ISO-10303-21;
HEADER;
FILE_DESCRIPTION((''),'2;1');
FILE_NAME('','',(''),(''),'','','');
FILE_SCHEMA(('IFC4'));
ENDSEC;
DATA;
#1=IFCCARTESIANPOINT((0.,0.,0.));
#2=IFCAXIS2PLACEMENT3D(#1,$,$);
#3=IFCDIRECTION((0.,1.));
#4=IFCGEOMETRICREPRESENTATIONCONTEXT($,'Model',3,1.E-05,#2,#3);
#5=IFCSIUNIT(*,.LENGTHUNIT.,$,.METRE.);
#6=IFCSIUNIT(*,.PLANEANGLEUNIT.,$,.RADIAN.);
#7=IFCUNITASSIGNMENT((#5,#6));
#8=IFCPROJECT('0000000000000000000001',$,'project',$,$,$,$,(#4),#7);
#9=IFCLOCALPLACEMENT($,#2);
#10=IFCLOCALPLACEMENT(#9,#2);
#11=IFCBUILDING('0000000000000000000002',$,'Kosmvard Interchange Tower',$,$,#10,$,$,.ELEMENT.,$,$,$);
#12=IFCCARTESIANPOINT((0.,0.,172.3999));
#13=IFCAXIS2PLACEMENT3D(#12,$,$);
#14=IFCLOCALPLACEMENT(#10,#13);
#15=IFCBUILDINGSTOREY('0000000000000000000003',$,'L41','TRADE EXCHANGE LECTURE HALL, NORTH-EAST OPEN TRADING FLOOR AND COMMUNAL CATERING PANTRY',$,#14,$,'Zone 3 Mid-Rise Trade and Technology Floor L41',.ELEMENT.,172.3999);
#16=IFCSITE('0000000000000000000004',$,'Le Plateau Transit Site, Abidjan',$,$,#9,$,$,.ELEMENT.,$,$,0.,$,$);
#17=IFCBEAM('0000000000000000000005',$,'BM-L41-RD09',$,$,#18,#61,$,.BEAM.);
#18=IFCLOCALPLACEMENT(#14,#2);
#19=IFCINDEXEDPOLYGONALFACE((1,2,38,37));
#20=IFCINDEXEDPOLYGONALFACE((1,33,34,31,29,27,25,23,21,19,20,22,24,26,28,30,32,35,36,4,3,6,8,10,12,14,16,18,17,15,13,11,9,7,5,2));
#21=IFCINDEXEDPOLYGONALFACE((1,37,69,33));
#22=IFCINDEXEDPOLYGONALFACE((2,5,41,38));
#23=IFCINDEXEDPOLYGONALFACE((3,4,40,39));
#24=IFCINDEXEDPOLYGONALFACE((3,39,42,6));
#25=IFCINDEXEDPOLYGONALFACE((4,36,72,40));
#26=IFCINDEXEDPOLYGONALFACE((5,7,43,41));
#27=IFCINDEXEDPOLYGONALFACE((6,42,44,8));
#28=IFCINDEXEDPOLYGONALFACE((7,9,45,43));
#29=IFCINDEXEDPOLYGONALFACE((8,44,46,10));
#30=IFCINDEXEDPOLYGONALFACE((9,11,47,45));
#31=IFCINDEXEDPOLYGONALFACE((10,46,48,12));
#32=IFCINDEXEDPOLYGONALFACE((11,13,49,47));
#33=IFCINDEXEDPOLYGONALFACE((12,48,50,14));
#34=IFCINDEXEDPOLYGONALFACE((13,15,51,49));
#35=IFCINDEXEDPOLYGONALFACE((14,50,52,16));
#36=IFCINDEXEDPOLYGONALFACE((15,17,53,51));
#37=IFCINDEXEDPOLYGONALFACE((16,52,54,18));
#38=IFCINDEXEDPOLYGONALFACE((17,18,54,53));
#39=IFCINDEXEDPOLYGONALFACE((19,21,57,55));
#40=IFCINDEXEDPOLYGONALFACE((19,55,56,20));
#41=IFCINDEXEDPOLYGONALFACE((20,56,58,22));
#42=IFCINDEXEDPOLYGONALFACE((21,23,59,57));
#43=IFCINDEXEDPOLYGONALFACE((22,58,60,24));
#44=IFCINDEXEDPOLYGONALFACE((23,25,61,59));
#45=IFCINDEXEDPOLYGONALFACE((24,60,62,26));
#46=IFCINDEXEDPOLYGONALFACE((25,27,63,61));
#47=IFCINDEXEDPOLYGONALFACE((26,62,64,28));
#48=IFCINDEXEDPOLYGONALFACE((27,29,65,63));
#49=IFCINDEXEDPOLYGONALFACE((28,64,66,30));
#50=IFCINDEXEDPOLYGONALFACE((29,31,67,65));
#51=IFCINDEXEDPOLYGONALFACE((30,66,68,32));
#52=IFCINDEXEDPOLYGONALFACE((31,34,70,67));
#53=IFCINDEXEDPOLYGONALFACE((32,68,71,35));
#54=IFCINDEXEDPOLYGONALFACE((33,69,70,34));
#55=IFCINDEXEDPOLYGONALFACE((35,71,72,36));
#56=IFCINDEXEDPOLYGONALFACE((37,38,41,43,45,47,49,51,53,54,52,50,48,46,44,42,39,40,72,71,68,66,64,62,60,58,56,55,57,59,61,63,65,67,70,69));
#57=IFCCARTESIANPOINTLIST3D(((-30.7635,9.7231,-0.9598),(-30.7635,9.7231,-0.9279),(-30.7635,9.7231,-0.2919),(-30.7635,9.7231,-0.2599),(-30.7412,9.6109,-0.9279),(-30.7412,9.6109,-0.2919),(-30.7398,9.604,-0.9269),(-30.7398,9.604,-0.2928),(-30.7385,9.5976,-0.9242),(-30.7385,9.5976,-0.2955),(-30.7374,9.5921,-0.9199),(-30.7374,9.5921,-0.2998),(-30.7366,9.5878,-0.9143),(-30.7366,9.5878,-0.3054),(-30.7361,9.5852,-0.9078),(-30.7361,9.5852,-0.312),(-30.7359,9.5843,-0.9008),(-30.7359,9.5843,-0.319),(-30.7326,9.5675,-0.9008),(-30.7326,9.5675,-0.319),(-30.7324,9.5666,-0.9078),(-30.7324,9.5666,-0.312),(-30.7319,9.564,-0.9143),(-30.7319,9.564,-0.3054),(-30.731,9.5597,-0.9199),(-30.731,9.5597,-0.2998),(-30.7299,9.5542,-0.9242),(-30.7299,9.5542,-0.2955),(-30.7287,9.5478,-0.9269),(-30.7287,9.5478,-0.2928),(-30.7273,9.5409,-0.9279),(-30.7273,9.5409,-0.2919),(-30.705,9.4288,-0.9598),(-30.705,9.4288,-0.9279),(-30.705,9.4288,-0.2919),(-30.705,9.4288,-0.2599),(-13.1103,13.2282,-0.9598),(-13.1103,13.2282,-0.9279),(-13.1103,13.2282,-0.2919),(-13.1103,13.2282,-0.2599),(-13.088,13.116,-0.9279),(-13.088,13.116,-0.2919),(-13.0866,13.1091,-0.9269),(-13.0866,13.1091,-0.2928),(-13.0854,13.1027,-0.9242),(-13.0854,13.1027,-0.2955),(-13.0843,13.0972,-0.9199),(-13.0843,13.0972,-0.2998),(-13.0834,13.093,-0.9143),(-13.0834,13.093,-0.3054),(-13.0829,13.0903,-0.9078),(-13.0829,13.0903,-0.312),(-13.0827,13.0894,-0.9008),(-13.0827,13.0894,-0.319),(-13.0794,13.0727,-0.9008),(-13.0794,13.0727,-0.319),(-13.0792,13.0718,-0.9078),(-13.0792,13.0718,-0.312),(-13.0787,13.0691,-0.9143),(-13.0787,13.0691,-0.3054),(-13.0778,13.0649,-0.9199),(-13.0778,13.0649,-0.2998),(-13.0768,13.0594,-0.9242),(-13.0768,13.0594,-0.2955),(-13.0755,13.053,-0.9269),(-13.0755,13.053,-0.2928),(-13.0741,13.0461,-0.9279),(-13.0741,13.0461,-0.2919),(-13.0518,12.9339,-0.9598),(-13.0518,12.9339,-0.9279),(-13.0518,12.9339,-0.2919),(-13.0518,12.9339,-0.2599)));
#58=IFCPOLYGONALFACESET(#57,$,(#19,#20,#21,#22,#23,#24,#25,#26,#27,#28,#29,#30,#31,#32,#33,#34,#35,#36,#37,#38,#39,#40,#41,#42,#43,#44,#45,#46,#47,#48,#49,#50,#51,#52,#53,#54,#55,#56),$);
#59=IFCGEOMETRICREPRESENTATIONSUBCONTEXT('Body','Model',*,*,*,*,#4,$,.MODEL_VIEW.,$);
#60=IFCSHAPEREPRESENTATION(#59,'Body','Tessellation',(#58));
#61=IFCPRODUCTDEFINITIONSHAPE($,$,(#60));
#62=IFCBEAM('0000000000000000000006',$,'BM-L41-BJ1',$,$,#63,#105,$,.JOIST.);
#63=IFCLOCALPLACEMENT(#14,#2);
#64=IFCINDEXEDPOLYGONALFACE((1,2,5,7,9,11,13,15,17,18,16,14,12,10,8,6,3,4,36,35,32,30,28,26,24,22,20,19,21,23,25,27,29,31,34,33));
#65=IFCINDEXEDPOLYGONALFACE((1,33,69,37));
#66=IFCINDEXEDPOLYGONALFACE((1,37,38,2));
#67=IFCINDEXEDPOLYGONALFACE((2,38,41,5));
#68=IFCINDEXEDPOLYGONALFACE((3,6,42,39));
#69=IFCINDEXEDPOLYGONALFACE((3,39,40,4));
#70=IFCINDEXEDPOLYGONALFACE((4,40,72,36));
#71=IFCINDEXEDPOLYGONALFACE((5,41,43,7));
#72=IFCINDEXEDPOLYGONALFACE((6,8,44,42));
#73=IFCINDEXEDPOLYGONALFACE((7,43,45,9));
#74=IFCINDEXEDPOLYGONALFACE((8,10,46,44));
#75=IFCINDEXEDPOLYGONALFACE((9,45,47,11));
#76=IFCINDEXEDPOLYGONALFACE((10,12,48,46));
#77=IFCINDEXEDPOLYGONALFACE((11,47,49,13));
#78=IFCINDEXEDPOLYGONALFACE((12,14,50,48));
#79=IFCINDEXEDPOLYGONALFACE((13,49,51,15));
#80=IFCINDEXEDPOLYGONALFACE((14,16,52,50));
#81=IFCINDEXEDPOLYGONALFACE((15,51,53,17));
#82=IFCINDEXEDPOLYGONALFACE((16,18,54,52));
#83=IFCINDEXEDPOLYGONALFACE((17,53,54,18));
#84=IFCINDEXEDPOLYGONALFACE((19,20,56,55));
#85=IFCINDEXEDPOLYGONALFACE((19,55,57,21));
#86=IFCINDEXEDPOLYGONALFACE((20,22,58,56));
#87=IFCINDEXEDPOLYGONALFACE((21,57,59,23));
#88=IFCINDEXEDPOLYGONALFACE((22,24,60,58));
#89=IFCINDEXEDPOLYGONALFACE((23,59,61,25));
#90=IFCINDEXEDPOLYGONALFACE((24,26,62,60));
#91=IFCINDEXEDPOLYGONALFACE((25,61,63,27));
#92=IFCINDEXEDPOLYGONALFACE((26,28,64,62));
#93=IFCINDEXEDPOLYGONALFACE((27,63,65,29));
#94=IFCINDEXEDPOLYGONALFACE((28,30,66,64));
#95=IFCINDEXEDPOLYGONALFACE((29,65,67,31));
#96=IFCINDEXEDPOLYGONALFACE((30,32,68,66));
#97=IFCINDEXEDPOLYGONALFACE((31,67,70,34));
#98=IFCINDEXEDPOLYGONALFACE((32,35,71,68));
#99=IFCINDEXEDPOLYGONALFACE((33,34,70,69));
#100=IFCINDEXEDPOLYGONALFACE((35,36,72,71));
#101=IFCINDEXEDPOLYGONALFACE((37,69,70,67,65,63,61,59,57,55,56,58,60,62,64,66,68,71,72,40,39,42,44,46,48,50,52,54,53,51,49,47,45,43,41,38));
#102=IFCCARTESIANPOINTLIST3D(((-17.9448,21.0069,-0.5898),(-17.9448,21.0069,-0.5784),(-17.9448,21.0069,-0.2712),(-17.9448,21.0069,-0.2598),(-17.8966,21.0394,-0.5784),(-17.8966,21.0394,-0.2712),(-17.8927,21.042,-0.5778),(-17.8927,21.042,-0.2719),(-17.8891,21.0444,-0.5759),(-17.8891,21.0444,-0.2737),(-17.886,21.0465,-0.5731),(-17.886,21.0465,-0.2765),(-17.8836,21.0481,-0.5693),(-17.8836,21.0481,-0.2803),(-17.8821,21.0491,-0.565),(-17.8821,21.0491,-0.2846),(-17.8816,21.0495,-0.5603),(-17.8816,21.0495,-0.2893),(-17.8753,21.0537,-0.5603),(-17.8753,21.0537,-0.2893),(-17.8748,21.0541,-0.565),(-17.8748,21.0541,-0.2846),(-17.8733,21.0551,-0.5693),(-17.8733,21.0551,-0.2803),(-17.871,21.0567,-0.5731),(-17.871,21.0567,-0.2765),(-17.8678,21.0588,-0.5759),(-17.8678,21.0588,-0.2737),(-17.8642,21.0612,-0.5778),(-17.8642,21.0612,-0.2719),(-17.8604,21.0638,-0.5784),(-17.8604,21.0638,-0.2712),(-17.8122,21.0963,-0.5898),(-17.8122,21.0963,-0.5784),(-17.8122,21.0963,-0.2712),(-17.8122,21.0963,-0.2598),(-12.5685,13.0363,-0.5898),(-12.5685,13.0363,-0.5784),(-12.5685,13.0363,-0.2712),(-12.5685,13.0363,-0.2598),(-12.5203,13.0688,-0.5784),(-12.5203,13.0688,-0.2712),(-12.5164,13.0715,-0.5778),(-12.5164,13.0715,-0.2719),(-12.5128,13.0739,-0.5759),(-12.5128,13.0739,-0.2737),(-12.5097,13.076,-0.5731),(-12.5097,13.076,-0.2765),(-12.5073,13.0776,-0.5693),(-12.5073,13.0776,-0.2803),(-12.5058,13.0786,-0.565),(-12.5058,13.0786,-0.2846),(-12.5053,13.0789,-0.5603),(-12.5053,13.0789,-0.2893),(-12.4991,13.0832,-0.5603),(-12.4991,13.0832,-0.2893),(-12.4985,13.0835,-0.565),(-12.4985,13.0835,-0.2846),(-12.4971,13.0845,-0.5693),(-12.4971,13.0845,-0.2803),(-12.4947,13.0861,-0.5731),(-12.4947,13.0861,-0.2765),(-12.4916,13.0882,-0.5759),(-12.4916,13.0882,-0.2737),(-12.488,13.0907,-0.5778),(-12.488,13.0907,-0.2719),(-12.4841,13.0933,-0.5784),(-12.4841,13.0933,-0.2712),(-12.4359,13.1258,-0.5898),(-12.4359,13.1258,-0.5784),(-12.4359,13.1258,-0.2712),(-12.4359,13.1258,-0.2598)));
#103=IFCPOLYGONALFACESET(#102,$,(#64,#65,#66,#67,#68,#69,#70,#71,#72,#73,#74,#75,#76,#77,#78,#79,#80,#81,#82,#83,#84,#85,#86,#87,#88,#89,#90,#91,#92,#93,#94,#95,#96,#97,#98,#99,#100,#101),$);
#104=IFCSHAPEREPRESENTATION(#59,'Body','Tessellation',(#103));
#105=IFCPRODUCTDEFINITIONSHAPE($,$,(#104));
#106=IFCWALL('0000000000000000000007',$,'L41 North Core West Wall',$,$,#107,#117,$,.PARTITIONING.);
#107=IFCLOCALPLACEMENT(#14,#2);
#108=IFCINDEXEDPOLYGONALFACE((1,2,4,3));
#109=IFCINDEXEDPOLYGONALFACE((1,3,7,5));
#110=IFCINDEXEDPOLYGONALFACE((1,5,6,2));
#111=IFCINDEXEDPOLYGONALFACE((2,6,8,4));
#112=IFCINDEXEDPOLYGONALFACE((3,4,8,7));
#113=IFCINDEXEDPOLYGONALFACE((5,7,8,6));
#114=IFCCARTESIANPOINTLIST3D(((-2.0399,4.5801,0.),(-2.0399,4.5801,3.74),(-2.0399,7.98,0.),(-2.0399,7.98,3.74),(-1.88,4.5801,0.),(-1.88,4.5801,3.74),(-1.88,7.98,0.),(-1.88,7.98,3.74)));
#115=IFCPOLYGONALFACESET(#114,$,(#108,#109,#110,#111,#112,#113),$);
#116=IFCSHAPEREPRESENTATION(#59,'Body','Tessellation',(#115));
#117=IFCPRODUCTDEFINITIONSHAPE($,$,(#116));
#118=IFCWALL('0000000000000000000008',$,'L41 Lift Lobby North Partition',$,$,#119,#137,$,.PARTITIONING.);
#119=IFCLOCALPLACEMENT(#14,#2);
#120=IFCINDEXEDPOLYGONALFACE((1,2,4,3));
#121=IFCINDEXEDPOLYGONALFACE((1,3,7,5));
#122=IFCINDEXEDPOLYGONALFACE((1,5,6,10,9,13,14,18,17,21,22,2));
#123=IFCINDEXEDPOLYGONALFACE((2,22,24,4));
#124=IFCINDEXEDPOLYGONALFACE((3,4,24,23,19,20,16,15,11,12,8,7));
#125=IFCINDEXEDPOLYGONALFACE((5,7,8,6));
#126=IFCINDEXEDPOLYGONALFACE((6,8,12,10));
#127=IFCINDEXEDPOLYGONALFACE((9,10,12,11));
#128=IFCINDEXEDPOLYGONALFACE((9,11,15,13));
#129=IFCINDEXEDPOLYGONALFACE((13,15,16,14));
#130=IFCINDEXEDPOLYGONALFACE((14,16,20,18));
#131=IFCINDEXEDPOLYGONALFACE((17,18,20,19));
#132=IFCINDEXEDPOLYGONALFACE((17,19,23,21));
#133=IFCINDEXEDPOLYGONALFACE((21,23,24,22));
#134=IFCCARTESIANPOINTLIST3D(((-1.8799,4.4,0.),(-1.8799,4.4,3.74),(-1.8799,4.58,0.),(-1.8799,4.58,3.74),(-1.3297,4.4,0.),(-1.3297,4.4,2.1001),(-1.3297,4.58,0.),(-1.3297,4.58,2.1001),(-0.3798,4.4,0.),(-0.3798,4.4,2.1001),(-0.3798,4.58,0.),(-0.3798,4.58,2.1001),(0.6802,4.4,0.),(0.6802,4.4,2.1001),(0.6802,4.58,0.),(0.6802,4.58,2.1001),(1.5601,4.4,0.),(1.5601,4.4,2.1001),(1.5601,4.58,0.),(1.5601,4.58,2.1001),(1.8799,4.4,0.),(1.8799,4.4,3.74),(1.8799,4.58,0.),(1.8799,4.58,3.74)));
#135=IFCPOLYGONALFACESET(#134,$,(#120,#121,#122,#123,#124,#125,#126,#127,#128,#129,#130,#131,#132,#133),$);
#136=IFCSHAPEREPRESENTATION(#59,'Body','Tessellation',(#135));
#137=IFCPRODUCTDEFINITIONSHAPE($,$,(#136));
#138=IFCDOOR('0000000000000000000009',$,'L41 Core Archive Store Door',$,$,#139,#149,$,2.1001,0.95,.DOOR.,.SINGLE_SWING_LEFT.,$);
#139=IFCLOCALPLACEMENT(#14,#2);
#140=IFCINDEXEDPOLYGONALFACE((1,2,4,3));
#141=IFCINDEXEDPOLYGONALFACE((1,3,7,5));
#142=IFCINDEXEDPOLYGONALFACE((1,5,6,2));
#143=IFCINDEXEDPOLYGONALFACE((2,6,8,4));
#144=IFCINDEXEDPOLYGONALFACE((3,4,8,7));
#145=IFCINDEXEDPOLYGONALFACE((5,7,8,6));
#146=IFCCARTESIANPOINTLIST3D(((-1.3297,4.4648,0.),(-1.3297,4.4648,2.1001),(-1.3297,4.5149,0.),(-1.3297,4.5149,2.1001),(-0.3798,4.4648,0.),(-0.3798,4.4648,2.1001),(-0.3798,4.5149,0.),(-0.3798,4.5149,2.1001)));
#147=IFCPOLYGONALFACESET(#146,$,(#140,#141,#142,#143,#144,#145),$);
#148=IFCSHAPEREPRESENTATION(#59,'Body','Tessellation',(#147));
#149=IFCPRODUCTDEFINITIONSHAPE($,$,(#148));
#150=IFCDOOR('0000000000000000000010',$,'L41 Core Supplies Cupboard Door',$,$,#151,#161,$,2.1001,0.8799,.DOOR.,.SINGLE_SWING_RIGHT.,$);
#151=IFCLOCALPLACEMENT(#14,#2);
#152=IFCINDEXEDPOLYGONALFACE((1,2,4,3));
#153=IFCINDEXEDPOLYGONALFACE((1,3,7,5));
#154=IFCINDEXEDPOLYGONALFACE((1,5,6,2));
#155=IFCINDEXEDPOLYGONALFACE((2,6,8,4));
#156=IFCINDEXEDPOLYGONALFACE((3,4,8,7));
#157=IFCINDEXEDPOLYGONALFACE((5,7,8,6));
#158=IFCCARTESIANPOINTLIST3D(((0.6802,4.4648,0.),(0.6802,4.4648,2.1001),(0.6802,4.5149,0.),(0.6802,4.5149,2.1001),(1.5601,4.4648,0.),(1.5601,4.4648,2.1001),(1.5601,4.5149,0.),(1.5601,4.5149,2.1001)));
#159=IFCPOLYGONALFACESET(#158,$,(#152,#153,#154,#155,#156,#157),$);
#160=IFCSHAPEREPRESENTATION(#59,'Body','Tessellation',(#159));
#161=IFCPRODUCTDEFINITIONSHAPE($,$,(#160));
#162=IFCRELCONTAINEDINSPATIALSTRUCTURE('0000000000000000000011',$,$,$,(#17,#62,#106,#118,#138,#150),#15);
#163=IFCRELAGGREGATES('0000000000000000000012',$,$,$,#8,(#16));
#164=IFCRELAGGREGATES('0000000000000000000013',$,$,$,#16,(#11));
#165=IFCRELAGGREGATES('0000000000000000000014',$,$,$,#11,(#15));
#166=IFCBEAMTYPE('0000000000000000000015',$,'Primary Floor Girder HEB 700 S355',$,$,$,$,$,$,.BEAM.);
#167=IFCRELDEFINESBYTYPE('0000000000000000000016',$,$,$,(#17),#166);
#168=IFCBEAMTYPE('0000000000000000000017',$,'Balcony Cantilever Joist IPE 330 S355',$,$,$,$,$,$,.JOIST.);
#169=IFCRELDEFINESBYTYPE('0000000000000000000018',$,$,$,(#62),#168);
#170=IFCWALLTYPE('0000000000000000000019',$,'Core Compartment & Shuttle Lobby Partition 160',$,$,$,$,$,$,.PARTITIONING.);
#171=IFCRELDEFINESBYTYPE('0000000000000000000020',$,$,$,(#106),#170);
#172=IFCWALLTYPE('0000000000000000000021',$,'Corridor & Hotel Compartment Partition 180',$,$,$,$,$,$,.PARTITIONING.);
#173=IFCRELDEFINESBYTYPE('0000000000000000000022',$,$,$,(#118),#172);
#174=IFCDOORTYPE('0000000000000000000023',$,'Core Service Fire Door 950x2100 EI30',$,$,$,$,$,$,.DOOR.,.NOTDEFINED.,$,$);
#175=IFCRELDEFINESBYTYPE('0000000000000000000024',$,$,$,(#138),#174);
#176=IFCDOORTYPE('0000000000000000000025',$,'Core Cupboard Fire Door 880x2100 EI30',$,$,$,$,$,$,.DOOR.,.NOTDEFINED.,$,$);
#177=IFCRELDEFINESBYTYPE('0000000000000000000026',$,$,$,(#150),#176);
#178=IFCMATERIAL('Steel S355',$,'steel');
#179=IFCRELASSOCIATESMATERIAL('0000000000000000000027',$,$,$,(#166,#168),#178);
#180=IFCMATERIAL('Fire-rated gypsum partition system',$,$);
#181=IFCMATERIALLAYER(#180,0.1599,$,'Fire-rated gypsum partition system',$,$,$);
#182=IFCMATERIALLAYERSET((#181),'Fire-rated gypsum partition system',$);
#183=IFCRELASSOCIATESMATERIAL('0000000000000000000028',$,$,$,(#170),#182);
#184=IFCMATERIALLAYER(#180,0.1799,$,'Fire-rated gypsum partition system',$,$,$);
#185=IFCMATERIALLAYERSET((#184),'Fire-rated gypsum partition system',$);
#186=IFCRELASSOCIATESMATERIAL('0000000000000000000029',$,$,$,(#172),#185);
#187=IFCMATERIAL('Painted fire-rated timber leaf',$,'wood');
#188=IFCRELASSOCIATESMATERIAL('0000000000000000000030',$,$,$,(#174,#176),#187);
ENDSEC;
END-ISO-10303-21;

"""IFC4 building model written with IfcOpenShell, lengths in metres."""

from ifc_helpers import new_model, si_unit, direction, frame, frame_2d, origin, origin_2d, place, context, subcontext, project, spatial, rectangle, i_section, extrude, source, transform, mapped, material, layer, layer_set, material_profile, profile_set, type_object, element, fill, save


model = new_model("IFC4")

# Units and contexts
model_context = context("Model", 3, precision=1e-05, world=origin(), true_north=direction((0.0, 1.0)))
body_context = subcontext(model_context, "Body", "Model", "MODEL_VIEW")
ifc_project = project(units=[si_unit("LENGTHUNIT", "METRE"), si_unit("PLANEANGLEUNIT", "RADIAN")], contexts=[model_context])

# Site, building, storey
site_placement = place(None, origin())
site = spatial("IfcSite", under=ifc_project, at=site_placement, Name="Le Plateau Transit Site, Abidjan", CompositionType="ELEMENT", RefElevation=0.0)
building_placement = place(site_placement, origin())
building = spatial("IfcBuilding", under=site, at=building_placement, Name="Kosmvard Interchange Tower", CompositionType="ELEMENT")
storey_placement = place(building_placement, frame((0.0, 0.0, 172.3999)))
storey = spatial("IfcBuildingStorey", under=building, at=storey_placement, Name="L41", Description="TRADE EXCHANGE LECTURE HALL, NORTH-EAST OPEN TRADING FLOOR AND COMMUNAL CATERING PANTRY", LongName="Zone 3 Mid-Rise Trade and Technology Floor L41", CompositionType="ELEMENT", Elevation=172.3999)

# Beams
ifc_material_1 = material(Name="Steel S355", Category="steel")
ifc_material_profile_1 = material_profile(ifc_material_1, i_section(OverallWidth=0.3, OverallDepth=0.7, WebThickness=0.0171, FlangeThickness=0.032, FilletRadius=0.0271, at=origin_2d()), Name="HEB 700")
ifc_profile_set_1 = profile_set([ifc_material_profile_1], Name="Steel S355")
beam_type_1 = type_object("IfcBeamType", Name="Primary Floor Girder HEB 700 S355", PredefinedType="BEAM", material=ifc_profile_set_1)
shared_shape_1 = source(origin(), body_context, "Body", "SweptSolid", [
    extrude(i_section(OverallWidth=0.3, OverallDepth=0.7, WebThickness=0.0171, FlangeThickness=0.032, FilletRadius=0.0271, at=origin_2d()), origin(), (0.0, 0.0, 1.0), 17.9978),
])
beam_1_placement = place(storey_placement, frame((-13.0811, 13.0811, -0.6099), z_axis=(-0.980852, -0.194754, 0.0), x_axis=(0.194754, -0.980852, 0.0)))
element("IfcBeam", 1, at=beam_1_placement, inside=storey, type_object=beam_type_1, Name="BM-L41-RD09", PredefinedType="BEAM", context=body_context, shape_type="MappedRepresentation", body=[
    mapped(shared_shape_1, transform((0.0, 0.0, 0.0), scale=1.0)),
])
ifc_material_profile_2 = material_profile(ifc_material_1, i_section(OverallWidth=0.1599, OverallDepth=0.3301, WebThickness=0.0076, FlangeThickness=0.0115, FilletRadius=0.0181, at=origin_2d()), Name="IPE 330")
ifc_profile_set_2 = profile_set([ifc_material_profile_2], Name="Steel S355")
beam_type_2 = type_object("IfcBeamType", Name="Balcony Cantilever Joist IPE 330 S355", PredefinedType="JOIST", material=ifc_profile_set_2)
shared_shape_2 = source(origin(), body_context, "Body", "SweptSolid", [
    extrude(i_section(OverallWidth=0.1599, OverallDepth=0.3301, WebThickness=0.0076, FlangeThickness=0.0115, FilletRadius=0.0181, at=origin_2d()), origin(), (0.0, 0.0, 1.0), 9.6143),
])
beam_2_placement = place(storey_placement, frame((-12.5022, 13.0811, -0.4248), z_axis=(-0.559198, 0.829034, 0.0), x_axis=(-0.829034, -0.559198, 0.0)))
element("IfcBeam", 2, at=beam_2_placement, inside=storey, type_object=beam_type_2, Name="BM-L41-BJ1", PredefinedType="JOIST", context=body_context, shape_type="MappedRepresentation", body=[
    mapped(shared_shape_2, transform((0.0, 0.0, 0.0), scale=1.0)),
])

# Wall
ifc_material_2 = material(Name="Fire-rated gypsum partition system")
ifc_layer_1 = layer(ifc_material_2, 0.1599, Name="Fire-rated gypsum partition system")
ifc_layer_set_1 = layer_set([ifc_layer_1], Name="Fire-rated gypsum partition system")
wall_type_1 = type_object("IfcWallType", Name="Core Compartment & Shuttle Lobby Partition 160", PredefinedType="PARTITIONING", material=ifc_layer_set_1)
wall_1_placement = place(storey_placement, frame((-1.96, 4.5801, 0.0), z_axis=(0.0, 0.0, 1.0), x_axis=(0.0, 1.0, 0.0)))
element("IfcWall", 3, at=wall_1_placement, inside=storey, type_object=wall_type_1, Name="L41 North Core West Wall", PredefinedType="PARTITIONING", context=body_context, shape_type="SweptSolid", body=[
    extrude(rectangle(XDim=3.3999, YDim=0.1599, at=frame_2d((1.7, 0.0))), origin(), (0.0, 0.0, 1.0), 3.74),
])

# Wall, openings, doors
ifc_layer_2 = layer(ifc_material_2, 0.1799, Name="Fire-rated gypsum partition system")
ifc_layer_set_2 = layer_set([ifc_layer_2], Name="Fire-rated gypsum partition system")
wall_type_2 = type_object("IfcWallType", Name="Corridor & Hotel Compartment Partition 180", PredefinedType="PARTITIONING", material=ifc_layer_set_2)
wall_2_placement = place(storey_placement, frame((-1.8799, 4.49, 0.0), z_axis=(0.0, 0.0, 1.0), x_axis=(1.0, 0.0, 0.0)))
wall_2 = element("IfcWall", 4, at=wall_2_placement, inside=storey, type_object=wall_type_2, Name="L41 Lift Lobby North Partition", PredefinedType="PARTITIONING", context=body_context, shape_type="SweptSolid", body=[
    extrude(rectangle(XDim=3.7598, YDim=0.1799, at=frame_2d((1.8799, 0.0))), origin(), (0.0, 0.0, 1.0), 3.74),
])
opening_1_placement = place(wall_2_placement, frame((0.55, 0.0, 0.0)))
opening_1 = element("IfcOpeningElement", 5, at=opening_1_placement, cuts=wall_2, PredefinedType="OPENING", context=body_context, shape_type="SweptSolid", body=[
    extrude(rectangle(XDim=0.95, YDim=2.1001, at=frame_2d((0.4751, 1.05))), frame((0.0, 0.1001, 0.0), z_axis=(0.0, -1.0, 0.0), x_axis=(1.0, 0.0, 0.0)), (0.0, 0.0, 1.0), 0.2),
])
opening_2_placement = place(wall_2_placement, frame((2.5601, 0.0, 0.0)))
opening_2 = element("IfcOpeningElement", 6, at=opening_2_placement, cuts=wall_2, PredefinedType="OPENING", context=body_context, shape_type="SweptSolid", body=[
    extrude(rectangle(XDim=0.8799, YDim=2.1001, at=frame_2d((0.4399, 1.05))), frame((0.0, 0.1001, 0.0), z_axis=(0.0, -1.0, 0.0), x_axis=(1.0, 0.0, 0.0)), (0.0, 0.0, 1.0), 0.2),
])
ifc_material_3 = material(Name="Painted fire-rated timber leaf", Category="wood")
door_type_1 = type_object("IfcDoorType", Name="Core Service Fire Door 950x2100 EI30", OperationType="NOTDEFINED", PredefinedType="DOOR", material=ifc_material_3)
shared_shape_3 = source(origin(), body_context, "Body", "SweptSolid", [
    extrude(rectangle(XDim=0.95, YDim=2.1001, at=frame_2d((0.4751, 1.05))), frame((0.0, 0.0249, 0.0), z_axis=(0.0, -1.0, 0.0), x_axis=(1.0, 0.0, 0.0)), (0.0, 0.0, 1.0), 0.05),
])
door_1_placement = place(opening_1_placement, origin())
door_1 = element("IfcDoor", 7, at=door_1_placement, inside=storey, type_object=door_type_1, Name="L41 Core Archive Store Door", OperationType="SINGLE_SWING_LEFT", OverallHeight=2.1001, OverallWidth=0.95, PredefinedType="DOOR", context=body_context, shape_type="MappedRepresentation", body=[
    mapped(shared_shape_3, transform((0.0, 0.0, 0.0), scale=1.0)),
])
fill(opening_1, door_1)
door_type_2 = type_object("IfcDoorType", Name="Core Cupboard Fire Door 880x2100 EI30", OperationType="NOTDEFINED", PredefinedType="DOOR", material=ifc_material_3)
shared_shape_4 = source(origin(), body_context, "Body", "SweptSolid", [
    extrude(rectangle(XDim=0.8799, YDim=2.1001, at=frame_2d((0.4399, 1.05))), frame((0.0, 0.0249, 0.0), z_axis=(0.0, -1.0, 0.0), x_axis=(1.0, 0.0, 0.0)), (0.0, 0.0, 1.0), 0.05),
])
door_2_placement = place(opening_2_placement, origin())
door_2 = element("IfcDoor", 8, at=door_2_placement, inside=storey, type_object=door_type_2, Name="L41 Core Supplies Cupboard Door", OperationType="SINGLE_SWING_RIGHT", OverallHeight=2.1001, OverallWidth=0.8799, PredefinedType="DOOR", context=body_context, shape_type="MappedRepresentation", body=[
    mapped(shared_shape_4, transform((0.0, 0.0, 0.0), scale=1.0)),
])
fill(opening_2, door_2)

save(model, "model.ifc")
